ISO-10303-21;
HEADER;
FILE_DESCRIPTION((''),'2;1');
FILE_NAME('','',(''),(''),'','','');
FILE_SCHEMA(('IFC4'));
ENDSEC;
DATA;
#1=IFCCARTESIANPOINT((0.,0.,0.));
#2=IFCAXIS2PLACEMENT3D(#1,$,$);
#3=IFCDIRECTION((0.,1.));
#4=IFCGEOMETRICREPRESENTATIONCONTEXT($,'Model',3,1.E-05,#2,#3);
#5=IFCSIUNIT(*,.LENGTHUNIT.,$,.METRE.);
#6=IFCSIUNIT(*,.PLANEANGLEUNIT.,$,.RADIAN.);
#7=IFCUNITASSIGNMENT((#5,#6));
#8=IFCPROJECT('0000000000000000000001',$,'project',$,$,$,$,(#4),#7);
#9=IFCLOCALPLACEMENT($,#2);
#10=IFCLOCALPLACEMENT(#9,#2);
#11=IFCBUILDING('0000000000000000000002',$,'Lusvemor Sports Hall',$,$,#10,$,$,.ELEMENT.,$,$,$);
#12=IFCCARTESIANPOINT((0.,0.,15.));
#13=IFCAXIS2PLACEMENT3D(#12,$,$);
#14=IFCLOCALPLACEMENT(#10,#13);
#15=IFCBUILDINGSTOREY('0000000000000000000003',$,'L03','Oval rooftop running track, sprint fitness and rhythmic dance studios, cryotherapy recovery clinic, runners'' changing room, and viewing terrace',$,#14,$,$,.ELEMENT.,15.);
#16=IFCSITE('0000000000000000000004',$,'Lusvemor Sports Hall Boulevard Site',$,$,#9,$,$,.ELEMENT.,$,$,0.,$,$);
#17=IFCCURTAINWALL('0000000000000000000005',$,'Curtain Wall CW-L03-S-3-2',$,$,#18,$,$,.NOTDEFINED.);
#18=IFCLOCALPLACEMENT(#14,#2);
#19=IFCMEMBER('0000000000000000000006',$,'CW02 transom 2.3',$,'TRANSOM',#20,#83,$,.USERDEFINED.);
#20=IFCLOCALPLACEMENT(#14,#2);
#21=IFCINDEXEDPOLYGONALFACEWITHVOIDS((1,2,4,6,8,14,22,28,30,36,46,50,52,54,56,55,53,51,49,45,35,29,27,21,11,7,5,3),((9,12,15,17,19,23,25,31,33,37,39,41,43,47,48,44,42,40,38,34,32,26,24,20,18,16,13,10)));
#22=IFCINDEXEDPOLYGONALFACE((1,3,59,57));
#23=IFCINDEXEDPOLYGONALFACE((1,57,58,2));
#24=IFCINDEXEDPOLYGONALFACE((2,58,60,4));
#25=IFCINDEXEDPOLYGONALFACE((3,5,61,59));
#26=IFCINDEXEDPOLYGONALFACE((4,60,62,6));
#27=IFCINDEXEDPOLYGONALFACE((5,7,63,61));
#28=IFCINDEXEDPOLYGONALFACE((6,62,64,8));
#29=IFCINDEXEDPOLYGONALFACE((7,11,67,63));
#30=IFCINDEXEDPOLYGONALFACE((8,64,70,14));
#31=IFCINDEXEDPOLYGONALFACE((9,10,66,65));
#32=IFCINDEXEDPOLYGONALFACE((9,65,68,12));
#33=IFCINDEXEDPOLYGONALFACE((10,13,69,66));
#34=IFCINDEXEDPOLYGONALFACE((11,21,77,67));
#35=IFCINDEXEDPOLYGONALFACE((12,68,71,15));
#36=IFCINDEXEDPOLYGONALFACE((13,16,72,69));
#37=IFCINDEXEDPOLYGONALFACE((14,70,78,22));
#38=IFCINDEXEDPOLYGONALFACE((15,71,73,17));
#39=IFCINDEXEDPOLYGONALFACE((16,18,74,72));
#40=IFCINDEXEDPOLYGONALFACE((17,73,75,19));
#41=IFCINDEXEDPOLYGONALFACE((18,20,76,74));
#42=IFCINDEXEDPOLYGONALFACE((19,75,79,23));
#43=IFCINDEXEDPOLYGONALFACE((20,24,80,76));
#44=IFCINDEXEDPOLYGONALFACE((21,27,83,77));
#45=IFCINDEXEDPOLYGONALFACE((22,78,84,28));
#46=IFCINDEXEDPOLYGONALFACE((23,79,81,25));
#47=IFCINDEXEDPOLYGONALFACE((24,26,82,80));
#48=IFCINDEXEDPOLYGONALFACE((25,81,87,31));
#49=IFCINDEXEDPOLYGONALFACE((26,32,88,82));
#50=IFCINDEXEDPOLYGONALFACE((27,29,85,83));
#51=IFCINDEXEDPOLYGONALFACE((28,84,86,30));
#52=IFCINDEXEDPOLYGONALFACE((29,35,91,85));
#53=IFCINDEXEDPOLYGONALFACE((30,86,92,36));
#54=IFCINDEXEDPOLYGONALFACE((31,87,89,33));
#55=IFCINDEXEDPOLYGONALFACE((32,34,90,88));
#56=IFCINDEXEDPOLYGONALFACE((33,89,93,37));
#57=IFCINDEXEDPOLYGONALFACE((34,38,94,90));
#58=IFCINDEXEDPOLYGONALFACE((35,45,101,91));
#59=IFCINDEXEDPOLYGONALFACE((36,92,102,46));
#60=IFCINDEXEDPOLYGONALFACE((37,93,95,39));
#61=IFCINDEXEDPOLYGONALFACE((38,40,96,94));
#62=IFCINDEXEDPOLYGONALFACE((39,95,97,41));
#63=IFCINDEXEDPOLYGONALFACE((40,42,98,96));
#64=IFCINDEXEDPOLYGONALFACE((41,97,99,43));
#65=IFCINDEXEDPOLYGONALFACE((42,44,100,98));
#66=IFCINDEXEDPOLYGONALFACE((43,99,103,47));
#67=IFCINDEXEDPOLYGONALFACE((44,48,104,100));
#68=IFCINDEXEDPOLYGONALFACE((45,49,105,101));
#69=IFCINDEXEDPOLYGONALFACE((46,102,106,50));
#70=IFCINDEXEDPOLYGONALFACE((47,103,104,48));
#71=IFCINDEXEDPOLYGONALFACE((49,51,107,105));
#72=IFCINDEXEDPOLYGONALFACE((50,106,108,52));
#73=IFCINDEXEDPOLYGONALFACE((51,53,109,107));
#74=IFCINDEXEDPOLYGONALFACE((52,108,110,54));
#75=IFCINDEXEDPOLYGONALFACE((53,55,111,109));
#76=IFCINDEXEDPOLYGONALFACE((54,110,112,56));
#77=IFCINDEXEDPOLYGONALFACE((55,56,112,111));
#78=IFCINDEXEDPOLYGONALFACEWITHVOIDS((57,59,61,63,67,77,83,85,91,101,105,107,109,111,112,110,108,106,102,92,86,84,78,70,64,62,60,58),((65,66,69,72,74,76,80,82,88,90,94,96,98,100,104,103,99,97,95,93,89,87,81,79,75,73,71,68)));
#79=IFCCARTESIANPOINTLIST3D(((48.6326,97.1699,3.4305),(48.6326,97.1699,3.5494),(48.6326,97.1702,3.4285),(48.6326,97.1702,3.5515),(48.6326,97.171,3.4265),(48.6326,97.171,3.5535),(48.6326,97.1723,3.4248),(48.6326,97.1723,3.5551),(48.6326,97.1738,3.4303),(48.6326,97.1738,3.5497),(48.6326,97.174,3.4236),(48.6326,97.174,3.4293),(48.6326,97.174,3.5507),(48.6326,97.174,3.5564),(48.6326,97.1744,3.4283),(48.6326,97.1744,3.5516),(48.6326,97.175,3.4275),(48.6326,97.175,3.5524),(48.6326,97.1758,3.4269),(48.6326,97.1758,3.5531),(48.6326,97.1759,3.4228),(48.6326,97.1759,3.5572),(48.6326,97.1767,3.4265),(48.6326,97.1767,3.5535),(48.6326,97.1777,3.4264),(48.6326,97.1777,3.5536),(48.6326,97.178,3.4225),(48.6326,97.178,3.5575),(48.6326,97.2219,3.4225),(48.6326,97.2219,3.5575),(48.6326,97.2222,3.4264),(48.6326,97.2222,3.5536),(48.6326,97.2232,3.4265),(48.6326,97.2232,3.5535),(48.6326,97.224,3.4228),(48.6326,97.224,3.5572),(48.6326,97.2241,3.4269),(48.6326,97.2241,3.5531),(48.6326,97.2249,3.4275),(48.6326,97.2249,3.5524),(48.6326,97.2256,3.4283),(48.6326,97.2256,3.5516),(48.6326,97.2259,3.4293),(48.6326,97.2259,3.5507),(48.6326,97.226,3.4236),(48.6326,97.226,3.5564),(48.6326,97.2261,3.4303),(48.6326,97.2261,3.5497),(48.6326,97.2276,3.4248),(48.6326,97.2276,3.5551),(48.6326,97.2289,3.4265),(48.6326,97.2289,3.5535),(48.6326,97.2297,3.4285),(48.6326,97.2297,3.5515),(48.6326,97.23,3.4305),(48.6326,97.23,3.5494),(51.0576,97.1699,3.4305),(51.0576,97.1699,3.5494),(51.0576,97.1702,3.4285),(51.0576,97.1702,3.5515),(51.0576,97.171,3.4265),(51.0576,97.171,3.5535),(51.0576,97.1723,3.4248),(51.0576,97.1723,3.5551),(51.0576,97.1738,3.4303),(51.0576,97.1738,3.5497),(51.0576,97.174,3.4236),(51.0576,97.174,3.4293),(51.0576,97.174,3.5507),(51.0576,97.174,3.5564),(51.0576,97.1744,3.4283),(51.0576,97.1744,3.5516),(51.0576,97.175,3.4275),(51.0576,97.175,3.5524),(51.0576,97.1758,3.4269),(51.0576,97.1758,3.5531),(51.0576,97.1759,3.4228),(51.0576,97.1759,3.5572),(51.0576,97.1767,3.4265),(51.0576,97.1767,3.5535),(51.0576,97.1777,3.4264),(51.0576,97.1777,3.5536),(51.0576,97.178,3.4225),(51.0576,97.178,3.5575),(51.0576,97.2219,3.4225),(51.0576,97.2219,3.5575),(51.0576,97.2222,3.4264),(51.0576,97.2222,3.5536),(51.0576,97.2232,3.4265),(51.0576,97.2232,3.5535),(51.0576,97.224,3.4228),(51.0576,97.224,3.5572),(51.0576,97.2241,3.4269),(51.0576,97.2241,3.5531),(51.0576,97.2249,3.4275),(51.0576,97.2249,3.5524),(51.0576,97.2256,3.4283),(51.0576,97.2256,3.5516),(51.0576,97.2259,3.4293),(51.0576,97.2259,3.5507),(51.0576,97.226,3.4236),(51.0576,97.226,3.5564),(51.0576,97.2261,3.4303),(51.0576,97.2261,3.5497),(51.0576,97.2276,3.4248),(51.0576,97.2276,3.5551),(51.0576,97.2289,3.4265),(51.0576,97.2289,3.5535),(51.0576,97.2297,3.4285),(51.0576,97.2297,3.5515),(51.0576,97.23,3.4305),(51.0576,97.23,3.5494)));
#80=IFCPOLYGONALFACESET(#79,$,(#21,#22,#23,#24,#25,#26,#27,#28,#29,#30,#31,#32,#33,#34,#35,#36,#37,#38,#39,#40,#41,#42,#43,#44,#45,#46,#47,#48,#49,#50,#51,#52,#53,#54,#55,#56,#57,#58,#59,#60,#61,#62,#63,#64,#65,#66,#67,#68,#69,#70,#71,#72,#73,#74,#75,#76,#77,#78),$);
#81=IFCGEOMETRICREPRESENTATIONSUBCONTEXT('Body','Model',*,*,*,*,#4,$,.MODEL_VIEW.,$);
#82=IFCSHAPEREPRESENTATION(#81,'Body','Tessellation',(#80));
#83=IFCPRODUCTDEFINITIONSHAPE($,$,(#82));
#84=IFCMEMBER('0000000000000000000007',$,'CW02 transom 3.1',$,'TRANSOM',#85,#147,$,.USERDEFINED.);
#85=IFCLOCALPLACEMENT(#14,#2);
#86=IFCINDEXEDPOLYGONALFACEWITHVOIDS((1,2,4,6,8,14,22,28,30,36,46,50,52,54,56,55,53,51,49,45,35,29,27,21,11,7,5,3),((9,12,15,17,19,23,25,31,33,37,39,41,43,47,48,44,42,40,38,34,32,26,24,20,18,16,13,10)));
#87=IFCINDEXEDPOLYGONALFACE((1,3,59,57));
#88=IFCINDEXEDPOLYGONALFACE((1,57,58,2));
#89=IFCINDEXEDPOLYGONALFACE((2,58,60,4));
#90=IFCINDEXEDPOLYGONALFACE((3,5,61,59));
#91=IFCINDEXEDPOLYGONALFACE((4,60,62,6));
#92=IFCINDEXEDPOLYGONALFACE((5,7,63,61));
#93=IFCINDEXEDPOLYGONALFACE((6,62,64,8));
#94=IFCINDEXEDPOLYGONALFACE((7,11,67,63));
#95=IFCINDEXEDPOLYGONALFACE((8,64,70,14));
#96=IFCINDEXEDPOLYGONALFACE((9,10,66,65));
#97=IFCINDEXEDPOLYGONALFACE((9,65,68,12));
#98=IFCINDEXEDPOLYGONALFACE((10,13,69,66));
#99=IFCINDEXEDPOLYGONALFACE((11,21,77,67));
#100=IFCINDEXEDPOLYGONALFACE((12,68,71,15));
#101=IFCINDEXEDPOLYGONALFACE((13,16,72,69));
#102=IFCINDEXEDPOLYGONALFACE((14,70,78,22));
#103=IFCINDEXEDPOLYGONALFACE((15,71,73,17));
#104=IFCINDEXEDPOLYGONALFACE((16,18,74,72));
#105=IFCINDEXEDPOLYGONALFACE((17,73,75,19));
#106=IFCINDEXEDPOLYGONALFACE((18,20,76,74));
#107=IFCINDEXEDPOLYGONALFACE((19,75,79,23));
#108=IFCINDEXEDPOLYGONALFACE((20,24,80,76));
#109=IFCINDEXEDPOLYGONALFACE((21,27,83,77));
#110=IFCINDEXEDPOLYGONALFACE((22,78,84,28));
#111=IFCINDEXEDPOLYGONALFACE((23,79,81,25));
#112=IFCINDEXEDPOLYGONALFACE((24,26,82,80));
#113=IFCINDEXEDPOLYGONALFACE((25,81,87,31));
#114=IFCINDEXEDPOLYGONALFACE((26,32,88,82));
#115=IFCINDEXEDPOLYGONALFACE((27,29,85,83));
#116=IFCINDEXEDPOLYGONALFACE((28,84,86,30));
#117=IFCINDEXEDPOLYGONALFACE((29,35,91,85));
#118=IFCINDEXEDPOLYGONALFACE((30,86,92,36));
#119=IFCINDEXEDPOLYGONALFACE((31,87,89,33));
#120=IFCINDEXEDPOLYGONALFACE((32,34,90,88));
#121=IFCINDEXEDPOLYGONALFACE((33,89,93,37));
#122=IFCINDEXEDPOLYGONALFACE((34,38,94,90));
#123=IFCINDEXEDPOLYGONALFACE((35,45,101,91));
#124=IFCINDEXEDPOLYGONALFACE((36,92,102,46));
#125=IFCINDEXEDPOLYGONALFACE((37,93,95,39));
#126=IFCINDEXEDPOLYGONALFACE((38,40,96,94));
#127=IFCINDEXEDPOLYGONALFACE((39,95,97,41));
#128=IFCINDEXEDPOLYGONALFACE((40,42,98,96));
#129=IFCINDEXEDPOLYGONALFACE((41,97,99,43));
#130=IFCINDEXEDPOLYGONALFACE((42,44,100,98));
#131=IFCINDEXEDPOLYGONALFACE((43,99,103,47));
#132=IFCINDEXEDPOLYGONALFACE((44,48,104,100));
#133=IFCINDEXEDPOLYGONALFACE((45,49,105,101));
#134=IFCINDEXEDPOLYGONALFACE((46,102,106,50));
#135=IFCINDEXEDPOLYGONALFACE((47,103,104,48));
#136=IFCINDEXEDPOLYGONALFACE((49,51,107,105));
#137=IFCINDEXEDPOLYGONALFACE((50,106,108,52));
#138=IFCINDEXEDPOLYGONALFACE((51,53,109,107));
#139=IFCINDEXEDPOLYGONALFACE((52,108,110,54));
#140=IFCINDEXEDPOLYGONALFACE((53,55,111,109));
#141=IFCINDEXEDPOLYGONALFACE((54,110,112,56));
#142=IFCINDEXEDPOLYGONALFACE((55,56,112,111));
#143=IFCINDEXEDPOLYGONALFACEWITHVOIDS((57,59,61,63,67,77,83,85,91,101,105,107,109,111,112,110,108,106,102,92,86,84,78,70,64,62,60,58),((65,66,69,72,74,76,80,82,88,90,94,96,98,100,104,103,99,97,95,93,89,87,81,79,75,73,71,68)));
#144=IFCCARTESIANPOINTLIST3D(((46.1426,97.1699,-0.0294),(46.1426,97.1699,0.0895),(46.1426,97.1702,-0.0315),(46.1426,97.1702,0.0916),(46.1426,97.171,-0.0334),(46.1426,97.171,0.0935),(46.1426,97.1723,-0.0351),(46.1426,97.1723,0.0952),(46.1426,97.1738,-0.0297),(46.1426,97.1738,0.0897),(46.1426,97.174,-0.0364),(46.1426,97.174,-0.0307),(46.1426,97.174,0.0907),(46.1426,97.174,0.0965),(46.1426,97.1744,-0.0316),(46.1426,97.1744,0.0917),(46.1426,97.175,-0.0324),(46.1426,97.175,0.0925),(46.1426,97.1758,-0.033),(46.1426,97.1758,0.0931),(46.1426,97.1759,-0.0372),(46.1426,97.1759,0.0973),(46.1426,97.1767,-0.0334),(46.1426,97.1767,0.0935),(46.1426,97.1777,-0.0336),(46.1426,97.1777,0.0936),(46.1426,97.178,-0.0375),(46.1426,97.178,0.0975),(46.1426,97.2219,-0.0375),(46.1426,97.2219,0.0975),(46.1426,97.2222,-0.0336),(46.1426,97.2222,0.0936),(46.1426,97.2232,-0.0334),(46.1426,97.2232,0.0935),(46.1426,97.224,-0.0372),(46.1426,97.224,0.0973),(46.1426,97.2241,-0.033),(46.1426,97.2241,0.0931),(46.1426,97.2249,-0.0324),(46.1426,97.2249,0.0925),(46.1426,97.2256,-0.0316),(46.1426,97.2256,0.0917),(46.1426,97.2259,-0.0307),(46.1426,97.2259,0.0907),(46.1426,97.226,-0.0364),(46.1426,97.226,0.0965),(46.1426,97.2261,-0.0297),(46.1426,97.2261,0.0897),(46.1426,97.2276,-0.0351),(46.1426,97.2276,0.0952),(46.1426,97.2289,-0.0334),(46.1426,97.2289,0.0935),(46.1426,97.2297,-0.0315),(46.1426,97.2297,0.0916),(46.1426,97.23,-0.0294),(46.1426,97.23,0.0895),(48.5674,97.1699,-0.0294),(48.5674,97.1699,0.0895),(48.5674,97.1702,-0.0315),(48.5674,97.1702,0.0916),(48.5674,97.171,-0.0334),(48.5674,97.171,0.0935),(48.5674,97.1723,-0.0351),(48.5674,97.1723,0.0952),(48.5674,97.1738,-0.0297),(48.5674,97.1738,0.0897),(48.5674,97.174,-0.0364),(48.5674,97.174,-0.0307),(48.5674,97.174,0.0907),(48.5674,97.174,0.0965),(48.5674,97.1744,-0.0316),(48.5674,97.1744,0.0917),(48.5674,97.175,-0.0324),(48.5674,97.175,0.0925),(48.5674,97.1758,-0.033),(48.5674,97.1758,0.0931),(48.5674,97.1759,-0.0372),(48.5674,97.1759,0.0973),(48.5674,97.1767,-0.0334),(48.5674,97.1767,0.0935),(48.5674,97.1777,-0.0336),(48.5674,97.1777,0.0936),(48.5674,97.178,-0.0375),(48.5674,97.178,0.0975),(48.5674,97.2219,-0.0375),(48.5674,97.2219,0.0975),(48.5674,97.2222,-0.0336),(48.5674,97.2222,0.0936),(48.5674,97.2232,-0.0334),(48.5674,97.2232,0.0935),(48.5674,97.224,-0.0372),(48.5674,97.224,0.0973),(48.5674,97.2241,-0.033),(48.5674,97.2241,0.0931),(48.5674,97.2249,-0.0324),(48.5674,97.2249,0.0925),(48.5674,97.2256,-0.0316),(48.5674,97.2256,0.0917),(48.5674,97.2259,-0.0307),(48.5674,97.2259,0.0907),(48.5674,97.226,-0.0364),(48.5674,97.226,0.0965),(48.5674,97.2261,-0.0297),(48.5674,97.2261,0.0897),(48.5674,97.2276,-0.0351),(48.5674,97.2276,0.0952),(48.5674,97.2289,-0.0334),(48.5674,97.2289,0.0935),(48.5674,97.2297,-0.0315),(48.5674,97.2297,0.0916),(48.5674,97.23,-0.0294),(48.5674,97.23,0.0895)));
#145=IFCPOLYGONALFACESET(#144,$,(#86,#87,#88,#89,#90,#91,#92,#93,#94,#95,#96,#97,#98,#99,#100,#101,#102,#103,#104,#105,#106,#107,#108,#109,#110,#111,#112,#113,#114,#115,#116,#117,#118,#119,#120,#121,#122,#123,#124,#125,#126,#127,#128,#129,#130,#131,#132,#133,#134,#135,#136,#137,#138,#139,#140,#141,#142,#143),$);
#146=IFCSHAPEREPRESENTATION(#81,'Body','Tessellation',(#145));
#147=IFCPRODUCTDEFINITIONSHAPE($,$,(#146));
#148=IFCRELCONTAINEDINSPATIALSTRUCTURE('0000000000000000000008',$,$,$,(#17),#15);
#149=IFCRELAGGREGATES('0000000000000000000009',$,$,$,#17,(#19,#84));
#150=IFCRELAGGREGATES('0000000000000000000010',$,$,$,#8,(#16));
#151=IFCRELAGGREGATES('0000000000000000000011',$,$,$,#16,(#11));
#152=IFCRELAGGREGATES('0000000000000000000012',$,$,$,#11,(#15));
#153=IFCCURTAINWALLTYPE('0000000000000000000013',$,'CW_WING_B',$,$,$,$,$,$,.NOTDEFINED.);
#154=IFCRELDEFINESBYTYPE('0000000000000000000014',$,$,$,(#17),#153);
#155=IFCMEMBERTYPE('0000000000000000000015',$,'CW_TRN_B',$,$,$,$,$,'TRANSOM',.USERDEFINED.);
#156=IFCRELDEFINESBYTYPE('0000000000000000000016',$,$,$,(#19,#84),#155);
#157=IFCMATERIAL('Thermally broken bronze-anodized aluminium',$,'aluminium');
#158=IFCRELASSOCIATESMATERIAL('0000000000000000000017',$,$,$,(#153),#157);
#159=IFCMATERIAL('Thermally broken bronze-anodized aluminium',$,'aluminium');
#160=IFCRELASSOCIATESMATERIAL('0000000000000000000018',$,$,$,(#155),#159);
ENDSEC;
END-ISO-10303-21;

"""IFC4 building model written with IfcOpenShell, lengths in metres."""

from ifc_helpers import new_model, si_unit, direction, frame, origin, origin_2d, place, context, subcontext, project, spatial, hollow_rectangle, extrude, material, material_profile, profile_set, type_object, element, aggregate, save


model = new_model("IFC4")

# Units and contexts
model_context = context("Model", 3, precision=1e-05, world=origin(), true_north=direction((0.0, 1.0)))
body_context = subcontext(model_context, "Body", "Model", "MODEL_VIEW")
ifc_project = project(units=[si_unit("LENGTHUNIT", "METRE"), si_unit("PLANEANGLEUNIT", "RADIAN")], contexts=[model_context])

# Site, building, storey
site_placement = place(None, origin())
site = spatial("IfcSite", under=ifc_project, at=site_placement, Name="Lusvemor Sports Hall Boulevard Site", CompositionType="ELEMENT", RefElevation=0.0)
building_placement = place(site_placement, origin())
building = spatial("IfcBuilding", under=site, at=building_placement, Name="Lusvemor Sports Hall", CompositionType="ELEMENT")
storey_placement = place(building_placement, frame((0.0, 0.0, 15.0)))
storey = spatial("IfcBuildingStorey", under=building, at=storey_placement, Name="L03", Description="Oval rooftop running track, sprint fitness and rhythmic dance studios, cryotherapy recovery clinic, runners' changing room, and viewing terrace", CompositionType="ELEMENT", Elevation=15.0)

# Curtain wall, members
ifc_material_1 = material(Name="Thermally broken bronze-anodized aluminium", Category="aluminium")
curtain_wall_type = type_object("IfcCurtainWallType", Name="CW_WING_B", PredefinedType="NOTDEFINED", material=ifc_material_1)
curtain_wall_placement = place(storey_placement, origin())
curtain_wall = element("IfcCurtainWall", 1, at=curtain_wall_placement, inside=storey, type_object=curtain_wall_type, Name="Curtain Wall CW-L03-S-3-2", PredefinedType="NOTDEFINED")
ifc_material_2 = material(Name="Thermally broken bronze-anodized aluminium", Category="aluminium")
ifc_material_profile_1 = material_profile(ifc_material_2, hollow_rectangle(XDim=0.0601, YDim=0.135, WallThickness=0.0039, InnerFilletRadius=0.0039, OuterFilletRadius=0.0081, at=origin_2d()), Name="CWTRN135x60x4")
ifc_profile_set_1 = profile_set([ifc_material_profile_1], Name="Thermally broken bronze-anodized aluminium")
member_type_1 = type_object("IfcMemberType", Name="CW_TRN_B", ElementType="TRANSOM", PredefinedType="USERDEFINED", material=ifc_profile_set_1)
member_1_placement = place(storey_placement, frame((51.0576, 97.2, 3.49), z_axis=(-1.0, 0.0, 0.0), x_axis=(0.0, -1.0, 0.0)))
member_1 = element("IfcMember", 2, at=member_1_placement, type_object=member_type_1, Name="CW02 transom 2.3", ObjectType="TRANSOM", PredefinedType="USERDEFINED", context=body_context, shape_type="SweptSolid", body=[
    extrude(hollow_rectangle(XDim=0.0601, YDim=0.135, WallThickness=0.0039, InnerFilletRadius=0.0039, OuterFilletRadius=0.0081, at=origin_2d()), origin(), (0.0, 0.0, 1.0), 2.425),
])
member_2_placement = place(storey_placement, frame((48.5674, 97.2, 0.03), z_axis=(-1.0, 0.0, 0.0), x_axis=(0.0, -1.0, 0.0)))
member_2 = element("IfcMember", 3, at=member_2_placement, type_object=member_type_1, Name="CW02 transom 3.1", ObjectType="TRANSOM", PredefinedType="USERDEFINED", context=body_context, shape_type="SweptSolid", body=[
    extrude(hollow_rectangle(XDim=0.0601, YDim=0.135, WallThickness=0.0039, InnerFilletRadius=0.0039, OuterFilletRadius=0.0081, at=origin_2d()), origin(), (0.0, 0.0, 1.0), 2.4248),
])

aggregate(curtain_wall, [member_1, member_2])

save(model, "model.ifc")
